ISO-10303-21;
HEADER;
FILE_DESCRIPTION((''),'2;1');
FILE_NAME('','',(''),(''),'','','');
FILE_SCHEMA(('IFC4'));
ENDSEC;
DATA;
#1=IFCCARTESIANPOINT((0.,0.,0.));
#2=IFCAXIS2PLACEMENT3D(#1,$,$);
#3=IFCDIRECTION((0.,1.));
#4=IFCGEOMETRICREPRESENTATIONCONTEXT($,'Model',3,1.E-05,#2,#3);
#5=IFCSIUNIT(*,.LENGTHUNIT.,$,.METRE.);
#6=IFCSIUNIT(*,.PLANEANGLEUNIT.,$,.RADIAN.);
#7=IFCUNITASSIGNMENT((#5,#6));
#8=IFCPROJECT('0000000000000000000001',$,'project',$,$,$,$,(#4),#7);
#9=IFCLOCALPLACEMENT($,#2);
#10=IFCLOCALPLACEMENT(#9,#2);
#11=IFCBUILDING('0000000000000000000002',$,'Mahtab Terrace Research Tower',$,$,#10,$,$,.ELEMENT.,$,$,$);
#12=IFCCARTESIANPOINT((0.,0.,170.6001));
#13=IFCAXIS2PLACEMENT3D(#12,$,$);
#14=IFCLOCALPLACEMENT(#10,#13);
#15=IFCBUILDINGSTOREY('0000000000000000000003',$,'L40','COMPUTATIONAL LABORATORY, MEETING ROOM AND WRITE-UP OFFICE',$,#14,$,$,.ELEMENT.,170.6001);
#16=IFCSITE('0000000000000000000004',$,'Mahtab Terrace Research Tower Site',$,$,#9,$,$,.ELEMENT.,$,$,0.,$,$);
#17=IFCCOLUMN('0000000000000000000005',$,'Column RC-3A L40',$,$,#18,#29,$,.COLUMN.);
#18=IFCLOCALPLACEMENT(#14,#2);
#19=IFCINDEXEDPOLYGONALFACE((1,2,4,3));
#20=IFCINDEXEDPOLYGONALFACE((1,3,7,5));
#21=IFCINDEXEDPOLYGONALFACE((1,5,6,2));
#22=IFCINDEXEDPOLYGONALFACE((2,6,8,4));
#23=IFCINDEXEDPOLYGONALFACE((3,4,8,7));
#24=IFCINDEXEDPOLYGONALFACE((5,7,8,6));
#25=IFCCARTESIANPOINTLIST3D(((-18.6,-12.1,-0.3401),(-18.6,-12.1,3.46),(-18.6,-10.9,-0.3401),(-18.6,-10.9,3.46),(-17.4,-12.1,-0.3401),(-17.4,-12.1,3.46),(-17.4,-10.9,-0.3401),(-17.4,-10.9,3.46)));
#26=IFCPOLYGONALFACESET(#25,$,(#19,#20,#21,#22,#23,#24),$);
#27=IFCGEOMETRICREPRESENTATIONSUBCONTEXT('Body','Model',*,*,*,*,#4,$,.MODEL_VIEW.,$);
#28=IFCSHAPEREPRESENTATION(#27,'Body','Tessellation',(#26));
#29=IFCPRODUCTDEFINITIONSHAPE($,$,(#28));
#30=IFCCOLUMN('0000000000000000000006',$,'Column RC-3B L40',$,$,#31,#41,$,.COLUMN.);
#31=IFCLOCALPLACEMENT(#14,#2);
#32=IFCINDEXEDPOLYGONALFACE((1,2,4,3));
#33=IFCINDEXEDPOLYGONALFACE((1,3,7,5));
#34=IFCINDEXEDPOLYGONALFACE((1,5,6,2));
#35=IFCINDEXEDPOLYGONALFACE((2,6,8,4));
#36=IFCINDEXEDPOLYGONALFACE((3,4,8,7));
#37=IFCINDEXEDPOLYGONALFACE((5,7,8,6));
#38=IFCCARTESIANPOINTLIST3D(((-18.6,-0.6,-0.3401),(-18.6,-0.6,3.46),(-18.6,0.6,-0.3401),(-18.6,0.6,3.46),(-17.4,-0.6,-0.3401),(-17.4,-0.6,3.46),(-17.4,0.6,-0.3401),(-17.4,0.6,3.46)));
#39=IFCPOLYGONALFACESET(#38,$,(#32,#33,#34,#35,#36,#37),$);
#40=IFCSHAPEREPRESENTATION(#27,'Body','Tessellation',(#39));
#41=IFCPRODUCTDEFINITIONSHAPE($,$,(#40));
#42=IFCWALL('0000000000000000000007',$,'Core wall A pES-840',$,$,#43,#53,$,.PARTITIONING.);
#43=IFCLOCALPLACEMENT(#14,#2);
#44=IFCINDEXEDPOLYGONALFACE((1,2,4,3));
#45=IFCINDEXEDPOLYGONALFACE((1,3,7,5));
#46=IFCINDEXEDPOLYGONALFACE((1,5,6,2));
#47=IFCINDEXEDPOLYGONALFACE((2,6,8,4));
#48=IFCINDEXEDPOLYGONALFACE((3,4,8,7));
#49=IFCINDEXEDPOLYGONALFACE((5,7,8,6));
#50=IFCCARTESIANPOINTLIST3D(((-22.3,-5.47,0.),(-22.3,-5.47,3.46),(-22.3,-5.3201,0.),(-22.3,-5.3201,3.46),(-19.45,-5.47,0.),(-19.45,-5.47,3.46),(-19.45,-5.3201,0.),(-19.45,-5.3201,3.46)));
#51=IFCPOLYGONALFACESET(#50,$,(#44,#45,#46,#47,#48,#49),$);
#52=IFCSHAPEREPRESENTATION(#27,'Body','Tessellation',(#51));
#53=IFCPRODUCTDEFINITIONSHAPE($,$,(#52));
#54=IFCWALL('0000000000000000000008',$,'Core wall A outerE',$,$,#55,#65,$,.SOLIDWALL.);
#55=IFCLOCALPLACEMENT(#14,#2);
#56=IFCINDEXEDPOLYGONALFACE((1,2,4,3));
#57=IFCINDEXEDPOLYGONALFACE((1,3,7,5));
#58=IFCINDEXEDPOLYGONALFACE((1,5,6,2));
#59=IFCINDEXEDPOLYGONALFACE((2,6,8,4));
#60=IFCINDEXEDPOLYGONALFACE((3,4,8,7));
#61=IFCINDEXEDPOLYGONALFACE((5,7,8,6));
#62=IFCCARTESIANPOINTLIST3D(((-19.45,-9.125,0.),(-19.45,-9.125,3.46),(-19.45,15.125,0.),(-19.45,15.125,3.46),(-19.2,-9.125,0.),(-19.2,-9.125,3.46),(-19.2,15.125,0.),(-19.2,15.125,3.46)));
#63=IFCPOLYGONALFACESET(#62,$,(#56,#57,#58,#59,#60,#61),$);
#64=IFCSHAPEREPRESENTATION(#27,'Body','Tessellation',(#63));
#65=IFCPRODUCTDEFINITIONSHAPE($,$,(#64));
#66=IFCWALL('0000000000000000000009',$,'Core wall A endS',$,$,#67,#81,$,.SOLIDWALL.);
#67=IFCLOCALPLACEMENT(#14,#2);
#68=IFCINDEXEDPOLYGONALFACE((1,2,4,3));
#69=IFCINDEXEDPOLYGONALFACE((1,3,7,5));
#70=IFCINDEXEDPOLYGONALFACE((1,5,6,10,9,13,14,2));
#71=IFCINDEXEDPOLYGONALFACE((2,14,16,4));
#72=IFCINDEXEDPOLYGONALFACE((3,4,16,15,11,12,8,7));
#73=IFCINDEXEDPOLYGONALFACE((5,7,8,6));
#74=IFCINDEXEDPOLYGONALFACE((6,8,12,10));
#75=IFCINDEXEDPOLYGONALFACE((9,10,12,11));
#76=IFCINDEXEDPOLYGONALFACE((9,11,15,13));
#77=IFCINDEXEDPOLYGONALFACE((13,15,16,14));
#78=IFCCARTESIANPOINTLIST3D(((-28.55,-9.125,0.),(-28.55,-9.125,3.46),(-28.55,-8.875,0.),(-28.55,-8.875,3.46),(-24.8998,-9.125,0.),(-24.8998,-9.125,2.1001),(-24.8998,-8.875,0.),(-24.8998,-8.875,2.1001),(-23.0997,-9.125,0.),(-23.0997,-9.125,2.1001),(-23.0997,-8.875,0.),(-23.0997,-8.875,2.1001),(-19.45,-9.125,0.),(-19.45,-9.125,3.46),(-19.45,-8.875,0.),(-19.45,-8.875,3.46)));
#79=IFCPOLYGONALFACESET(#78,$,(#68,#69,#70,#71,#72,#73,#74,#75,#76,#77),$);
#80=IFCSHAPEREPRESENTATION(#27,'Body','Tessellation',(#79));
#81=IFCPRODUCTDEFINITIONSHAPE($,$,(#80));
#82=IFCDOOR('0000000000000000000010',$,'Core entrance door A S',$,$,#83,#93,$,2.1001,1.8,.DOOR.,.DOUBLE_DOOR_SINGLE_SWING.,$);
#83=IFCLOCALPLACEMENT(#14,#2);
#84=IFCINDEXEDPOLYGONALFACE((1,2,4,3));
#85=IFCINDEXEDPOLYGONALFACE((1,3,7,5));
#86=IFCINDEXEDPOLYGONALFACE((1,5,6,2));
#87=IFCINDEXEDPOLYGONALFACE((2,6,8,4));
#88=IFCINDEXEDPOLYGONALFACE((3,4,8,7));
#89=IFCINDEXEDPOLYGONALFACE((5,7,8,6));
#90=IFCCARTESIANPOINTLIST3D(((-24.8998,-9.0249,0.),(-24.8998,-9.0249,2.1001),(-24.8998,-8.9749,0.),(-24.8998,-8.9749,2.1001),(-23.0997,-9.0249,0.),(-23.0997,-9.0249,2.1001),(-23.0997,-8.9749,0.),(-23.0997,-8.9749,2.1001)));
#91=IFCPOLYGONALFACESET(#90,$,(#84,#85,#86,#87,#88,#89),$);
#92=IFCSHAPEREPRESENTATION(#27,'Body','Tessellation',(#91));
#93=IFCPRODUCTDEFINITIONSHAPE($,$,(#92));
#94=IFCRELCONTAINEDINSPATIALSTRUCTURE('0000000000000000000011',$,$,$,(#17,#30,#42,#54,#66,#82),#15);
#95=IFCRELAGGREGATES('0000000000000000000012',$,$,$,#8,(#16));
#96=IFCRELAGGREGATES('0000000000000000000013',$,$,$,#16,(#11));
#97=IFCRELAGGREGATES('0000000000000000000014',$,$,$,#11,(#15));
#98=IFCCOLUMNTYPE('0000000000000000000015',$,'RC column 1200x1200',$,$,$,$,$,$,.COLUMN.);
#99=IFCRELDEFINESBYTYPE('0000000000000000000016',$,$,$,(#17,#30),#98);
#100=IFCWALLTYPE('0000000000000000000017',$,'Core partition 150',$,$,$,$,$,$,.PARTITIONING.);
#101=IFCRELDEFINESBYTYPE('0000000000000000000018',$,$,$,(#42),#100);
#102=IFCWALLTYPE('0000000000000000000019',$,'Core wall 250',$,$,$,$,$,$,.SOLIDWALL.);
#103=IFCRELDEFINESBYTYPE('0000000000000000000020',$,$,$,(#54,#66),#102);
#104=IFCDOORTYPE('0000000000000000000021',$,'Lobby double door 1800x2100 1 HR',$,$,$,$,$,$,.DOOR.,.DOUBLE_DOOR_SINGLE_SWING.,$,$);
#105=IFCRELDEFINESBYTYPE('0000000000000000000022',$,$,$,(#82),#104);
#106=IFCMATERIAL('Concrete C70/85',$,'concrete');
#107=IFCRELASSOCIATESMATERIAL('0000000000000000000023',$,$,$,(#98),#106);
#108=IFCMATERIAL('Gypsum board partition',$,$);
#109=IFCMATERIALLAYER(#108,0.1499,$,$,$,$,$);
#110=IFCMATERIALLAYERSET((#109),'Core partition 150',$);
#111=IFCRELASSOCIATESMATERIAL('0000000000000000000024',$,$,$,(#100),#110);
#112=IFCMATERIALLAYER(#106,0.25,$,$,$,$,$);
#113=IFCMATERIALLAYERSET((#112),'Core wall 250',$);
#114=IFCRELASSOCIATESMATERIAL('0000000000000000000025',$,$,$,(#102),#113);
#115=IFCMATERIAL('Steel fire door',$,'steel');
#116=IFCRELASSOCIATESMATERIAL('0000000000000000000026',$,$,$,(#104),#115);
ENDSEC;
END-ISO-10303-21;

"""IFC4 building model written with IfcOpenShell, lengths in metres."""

from ifc_helpers import new_model, si_unit, direction, frame, frame_2d, origin, origin_2d, place, context, subcontext, project, spatial, rectangle, extrude, material, layer, layer_set, material_profile, profile_set, type_object, element, fill, save


model = new_model("IFC4")

# Units and contexts
model_context = context("Model", 3, precision=1e-05, world=origin(), true_north=direction((0.0, 1.0)))
body_context = subcontext(model_context, "Body", "Model", "MODEL_VIEW")
ifc_project = project(units=[si_unit("LENGTHUNIT", "METRE"), si_unit("PLANEANGLEUNIT", "RADIAN")], contexts=[model_context])

# Site, building, storey
site_placement = place(None, origin())
site = spatial("IfcSite", under=ifc_project, at=site_placement, Name="Mahtab Terrace Research Tower Site", CompositionType="ELEMENT", RefElevation=0.0)
building_placement = place(site_placement, origin())
building = spatial("IfcBuilding", under=site, at=building_placement, Name="Mahtab Terrace Research Tower", CompositionType="ELEMENT")
storey_placement = place(building_placement, frame((0.0, 0.0, 170.6001)))
storey = spatial("IfcBuildingStorey", under=building, at=storey_placement, Name="L40", Description="COMPUTATIONAL LABORATORY, MEETING ROOM AND WRITE-UP OFFICE", CompositionType="ELEMENT", Elevation=170.6001)

# Columns
ifc_material_1 = material(Name="Concrete C70/85", Category="concrete")
ifc_material_profile = material_profile(ifc_material_1, rectangle(XDim=1.2, YDim=1.2, at=origin_2d()), Name="RC column 1200x1200")
ifc_profile_set = profile_set([ifc_material_profile], Name="Concrete C70/85")
column_type = type_object("IfcColumnType", Name="RC column 1200x1200", PredefinedType="COLUMN", material=ifc_profile_set)
for number, where, z_axis, x_axis, name in (
    (1, (-18.0, -11.5, -0.3401), (0.0, 0.0, 1.0), (1.0, 0.0, 0.0), "Column RC-3A L40"),
    (2, (-18.0, 0.0, -0.3401), (0.0, 0.0, 1.0), (1.0, 0.0, 0.0), "Column RC-3B L40"),
):
    element("IfcColumn", number, at=place(storey_placement, frame(where, z_axis=z_axis, x_axis=x_axis)), inside=storey, type_object=column_type, Name=name, PredefinedType="COLUMN", context=body_context, shape_type="SweptSolid", body=[
        extrude(rectangle(XDim=1.2, YDim=1.2, at=origin_2d()), origin(), (0.0, 0.0, 1.0), 3.8),
    ])

# Walls
ifc_material_2 = material(Name="Gypsum board partition")
ifc_layer_1 = layer(ifc_material_2, 0.1499)
ifc_layer_set_1 = layer_set([ifc_layer_1], Name="Core partition 150")
wall_type_1 = type_object("IfcWallType", Name="Core partition 150", PredefinedType="PARTITIONING", material=ifc_layer_set_1)
wall_1_placement = place(storey_placement, frame((-22.3, -5.395, 0.0), z_axis=(0.0, 0.0, 1.0), x_axis=(1.0, 0.0, 0.0)))
element("IfcWall", 3, at=wall_1_placement, inside=storey, type_object=wall_type_1, Name="Core wall A pES-840", PredefinedType="PARTITIONING", context=body_context, shape_type="SweptSolid", body=[
    extrude(rectangle(XDim=2.8501, YDim=0.1499, at=frame_2d((1.425, 0.0))), origin(), (0.0, 0.0, 1.0), 3.46),
])
ifc_layer_2 = layer(ifc_material_1, 0.25)
ifc_layer_set_2 = layer_set([ifc_layer_2], Name="Core wall 250")
wall_type_2 = type_object("IfcWallType", Name="Core wall 250", PredefinedType="SOLIDWALL", material=ifc_layer_set_2)
wall_2_placement = place(storey_placement, frame((-19.325, -9.125, 0.0), z_axis=(0.0, 0.0, 1.0), x_axis=(0.0, 1.0, 0.0)))
element("IfcWall", 4, at=wall_2_placement, inside=storey, type_object=wall_type_2, Name="Core wall A outerE", PredefinedType="SOLIDWALL", context=body_context, shape_type="SweptSolid", body=[
    extrude(rectangle(XDim=24.25, YDim=0.25, at=frame_2d((12.125, 0.0))), origin(), (0.0, 0.0, 1.0), 3.46),
])

# Wall, opening, door
wall_3_placement = place(storey_placement, frame((-19.45, -9.0, 0.0), z_axis=(0.0, 0.0, 1.0), x_axis=(-1.0, 0.0, 0.0)))
wall_3 = element("IfcWall", 5, at=wall_3_placement, inside=storey, type_object=wall_type_2, Name="Core wall A endS", PredefinedType="SOLIDWALL", context=body_context, shape_type="SweptSolid", body=[
    extrude(rectangle(XDim=9.1001, YDim=0.25, at=frame_2d((4.55, 0.0))), origin(), (0.0, 0.0, 1.0), 3.46),
])
opening_1_placement = place(wall_3_placement, frame((3.6499, 0.0, 0.0)))
opening_1 = element("IfcOpeningElement", 6, at=opening_1_placement, cuts=wall_3, PredefinedType="OPENING", context=body_context, shape_type="SweptSolid", body=[
    extrude(rectangle(XDim=1.8, YDim=2.1001, at=frame_2d((0.8999, 1.05))), frame((0.0, 0.135, 0.0), z_axis=(0.0, -1.0, 0.0), x_axis=(1.0, 0.0, 0.0)), (0.0, 0.0, 1.0), 0.27),
])
ifc_material_3 = material(Name="Steel fire door", Category="steel")
door_type_1 = type_object("IfcDoorType", Name="Lobby double door 1800x2100 1 HR", OperationType="DOUBLE_DOOR_SINGLE_SWING", PredefinedType="DOOR", material=ifc_material_3)
door_1_placement = place(opening_1_placement, origin())
door_1 = element("IfcDoor", 7, at=door_1_placement, inside=storey, type_object=door_type_1, Name="Core entrance door A S", OperationType="DOUBLE_DOOR_SINGLE_SWING", OverallHeight=2.1001, OverallWidth=1.8, PredefinedType="DOOR", context=body_context, shape_type="SweptSolid", body=[
    extrude(rectangle(XDim=1.8, YDim=2.1001, at=frame_2d((0.8999, 1.05))), frame((0.0, 0.0249, 0.0), z_axis=(0.0, -1.0, 0.0), x_axis=(1.0, 0.0, 0.0)), (0.0, 0.0, 1.0), 0.05),
])
fill(opening_1, door_1)

save(model, "model.ifc")
